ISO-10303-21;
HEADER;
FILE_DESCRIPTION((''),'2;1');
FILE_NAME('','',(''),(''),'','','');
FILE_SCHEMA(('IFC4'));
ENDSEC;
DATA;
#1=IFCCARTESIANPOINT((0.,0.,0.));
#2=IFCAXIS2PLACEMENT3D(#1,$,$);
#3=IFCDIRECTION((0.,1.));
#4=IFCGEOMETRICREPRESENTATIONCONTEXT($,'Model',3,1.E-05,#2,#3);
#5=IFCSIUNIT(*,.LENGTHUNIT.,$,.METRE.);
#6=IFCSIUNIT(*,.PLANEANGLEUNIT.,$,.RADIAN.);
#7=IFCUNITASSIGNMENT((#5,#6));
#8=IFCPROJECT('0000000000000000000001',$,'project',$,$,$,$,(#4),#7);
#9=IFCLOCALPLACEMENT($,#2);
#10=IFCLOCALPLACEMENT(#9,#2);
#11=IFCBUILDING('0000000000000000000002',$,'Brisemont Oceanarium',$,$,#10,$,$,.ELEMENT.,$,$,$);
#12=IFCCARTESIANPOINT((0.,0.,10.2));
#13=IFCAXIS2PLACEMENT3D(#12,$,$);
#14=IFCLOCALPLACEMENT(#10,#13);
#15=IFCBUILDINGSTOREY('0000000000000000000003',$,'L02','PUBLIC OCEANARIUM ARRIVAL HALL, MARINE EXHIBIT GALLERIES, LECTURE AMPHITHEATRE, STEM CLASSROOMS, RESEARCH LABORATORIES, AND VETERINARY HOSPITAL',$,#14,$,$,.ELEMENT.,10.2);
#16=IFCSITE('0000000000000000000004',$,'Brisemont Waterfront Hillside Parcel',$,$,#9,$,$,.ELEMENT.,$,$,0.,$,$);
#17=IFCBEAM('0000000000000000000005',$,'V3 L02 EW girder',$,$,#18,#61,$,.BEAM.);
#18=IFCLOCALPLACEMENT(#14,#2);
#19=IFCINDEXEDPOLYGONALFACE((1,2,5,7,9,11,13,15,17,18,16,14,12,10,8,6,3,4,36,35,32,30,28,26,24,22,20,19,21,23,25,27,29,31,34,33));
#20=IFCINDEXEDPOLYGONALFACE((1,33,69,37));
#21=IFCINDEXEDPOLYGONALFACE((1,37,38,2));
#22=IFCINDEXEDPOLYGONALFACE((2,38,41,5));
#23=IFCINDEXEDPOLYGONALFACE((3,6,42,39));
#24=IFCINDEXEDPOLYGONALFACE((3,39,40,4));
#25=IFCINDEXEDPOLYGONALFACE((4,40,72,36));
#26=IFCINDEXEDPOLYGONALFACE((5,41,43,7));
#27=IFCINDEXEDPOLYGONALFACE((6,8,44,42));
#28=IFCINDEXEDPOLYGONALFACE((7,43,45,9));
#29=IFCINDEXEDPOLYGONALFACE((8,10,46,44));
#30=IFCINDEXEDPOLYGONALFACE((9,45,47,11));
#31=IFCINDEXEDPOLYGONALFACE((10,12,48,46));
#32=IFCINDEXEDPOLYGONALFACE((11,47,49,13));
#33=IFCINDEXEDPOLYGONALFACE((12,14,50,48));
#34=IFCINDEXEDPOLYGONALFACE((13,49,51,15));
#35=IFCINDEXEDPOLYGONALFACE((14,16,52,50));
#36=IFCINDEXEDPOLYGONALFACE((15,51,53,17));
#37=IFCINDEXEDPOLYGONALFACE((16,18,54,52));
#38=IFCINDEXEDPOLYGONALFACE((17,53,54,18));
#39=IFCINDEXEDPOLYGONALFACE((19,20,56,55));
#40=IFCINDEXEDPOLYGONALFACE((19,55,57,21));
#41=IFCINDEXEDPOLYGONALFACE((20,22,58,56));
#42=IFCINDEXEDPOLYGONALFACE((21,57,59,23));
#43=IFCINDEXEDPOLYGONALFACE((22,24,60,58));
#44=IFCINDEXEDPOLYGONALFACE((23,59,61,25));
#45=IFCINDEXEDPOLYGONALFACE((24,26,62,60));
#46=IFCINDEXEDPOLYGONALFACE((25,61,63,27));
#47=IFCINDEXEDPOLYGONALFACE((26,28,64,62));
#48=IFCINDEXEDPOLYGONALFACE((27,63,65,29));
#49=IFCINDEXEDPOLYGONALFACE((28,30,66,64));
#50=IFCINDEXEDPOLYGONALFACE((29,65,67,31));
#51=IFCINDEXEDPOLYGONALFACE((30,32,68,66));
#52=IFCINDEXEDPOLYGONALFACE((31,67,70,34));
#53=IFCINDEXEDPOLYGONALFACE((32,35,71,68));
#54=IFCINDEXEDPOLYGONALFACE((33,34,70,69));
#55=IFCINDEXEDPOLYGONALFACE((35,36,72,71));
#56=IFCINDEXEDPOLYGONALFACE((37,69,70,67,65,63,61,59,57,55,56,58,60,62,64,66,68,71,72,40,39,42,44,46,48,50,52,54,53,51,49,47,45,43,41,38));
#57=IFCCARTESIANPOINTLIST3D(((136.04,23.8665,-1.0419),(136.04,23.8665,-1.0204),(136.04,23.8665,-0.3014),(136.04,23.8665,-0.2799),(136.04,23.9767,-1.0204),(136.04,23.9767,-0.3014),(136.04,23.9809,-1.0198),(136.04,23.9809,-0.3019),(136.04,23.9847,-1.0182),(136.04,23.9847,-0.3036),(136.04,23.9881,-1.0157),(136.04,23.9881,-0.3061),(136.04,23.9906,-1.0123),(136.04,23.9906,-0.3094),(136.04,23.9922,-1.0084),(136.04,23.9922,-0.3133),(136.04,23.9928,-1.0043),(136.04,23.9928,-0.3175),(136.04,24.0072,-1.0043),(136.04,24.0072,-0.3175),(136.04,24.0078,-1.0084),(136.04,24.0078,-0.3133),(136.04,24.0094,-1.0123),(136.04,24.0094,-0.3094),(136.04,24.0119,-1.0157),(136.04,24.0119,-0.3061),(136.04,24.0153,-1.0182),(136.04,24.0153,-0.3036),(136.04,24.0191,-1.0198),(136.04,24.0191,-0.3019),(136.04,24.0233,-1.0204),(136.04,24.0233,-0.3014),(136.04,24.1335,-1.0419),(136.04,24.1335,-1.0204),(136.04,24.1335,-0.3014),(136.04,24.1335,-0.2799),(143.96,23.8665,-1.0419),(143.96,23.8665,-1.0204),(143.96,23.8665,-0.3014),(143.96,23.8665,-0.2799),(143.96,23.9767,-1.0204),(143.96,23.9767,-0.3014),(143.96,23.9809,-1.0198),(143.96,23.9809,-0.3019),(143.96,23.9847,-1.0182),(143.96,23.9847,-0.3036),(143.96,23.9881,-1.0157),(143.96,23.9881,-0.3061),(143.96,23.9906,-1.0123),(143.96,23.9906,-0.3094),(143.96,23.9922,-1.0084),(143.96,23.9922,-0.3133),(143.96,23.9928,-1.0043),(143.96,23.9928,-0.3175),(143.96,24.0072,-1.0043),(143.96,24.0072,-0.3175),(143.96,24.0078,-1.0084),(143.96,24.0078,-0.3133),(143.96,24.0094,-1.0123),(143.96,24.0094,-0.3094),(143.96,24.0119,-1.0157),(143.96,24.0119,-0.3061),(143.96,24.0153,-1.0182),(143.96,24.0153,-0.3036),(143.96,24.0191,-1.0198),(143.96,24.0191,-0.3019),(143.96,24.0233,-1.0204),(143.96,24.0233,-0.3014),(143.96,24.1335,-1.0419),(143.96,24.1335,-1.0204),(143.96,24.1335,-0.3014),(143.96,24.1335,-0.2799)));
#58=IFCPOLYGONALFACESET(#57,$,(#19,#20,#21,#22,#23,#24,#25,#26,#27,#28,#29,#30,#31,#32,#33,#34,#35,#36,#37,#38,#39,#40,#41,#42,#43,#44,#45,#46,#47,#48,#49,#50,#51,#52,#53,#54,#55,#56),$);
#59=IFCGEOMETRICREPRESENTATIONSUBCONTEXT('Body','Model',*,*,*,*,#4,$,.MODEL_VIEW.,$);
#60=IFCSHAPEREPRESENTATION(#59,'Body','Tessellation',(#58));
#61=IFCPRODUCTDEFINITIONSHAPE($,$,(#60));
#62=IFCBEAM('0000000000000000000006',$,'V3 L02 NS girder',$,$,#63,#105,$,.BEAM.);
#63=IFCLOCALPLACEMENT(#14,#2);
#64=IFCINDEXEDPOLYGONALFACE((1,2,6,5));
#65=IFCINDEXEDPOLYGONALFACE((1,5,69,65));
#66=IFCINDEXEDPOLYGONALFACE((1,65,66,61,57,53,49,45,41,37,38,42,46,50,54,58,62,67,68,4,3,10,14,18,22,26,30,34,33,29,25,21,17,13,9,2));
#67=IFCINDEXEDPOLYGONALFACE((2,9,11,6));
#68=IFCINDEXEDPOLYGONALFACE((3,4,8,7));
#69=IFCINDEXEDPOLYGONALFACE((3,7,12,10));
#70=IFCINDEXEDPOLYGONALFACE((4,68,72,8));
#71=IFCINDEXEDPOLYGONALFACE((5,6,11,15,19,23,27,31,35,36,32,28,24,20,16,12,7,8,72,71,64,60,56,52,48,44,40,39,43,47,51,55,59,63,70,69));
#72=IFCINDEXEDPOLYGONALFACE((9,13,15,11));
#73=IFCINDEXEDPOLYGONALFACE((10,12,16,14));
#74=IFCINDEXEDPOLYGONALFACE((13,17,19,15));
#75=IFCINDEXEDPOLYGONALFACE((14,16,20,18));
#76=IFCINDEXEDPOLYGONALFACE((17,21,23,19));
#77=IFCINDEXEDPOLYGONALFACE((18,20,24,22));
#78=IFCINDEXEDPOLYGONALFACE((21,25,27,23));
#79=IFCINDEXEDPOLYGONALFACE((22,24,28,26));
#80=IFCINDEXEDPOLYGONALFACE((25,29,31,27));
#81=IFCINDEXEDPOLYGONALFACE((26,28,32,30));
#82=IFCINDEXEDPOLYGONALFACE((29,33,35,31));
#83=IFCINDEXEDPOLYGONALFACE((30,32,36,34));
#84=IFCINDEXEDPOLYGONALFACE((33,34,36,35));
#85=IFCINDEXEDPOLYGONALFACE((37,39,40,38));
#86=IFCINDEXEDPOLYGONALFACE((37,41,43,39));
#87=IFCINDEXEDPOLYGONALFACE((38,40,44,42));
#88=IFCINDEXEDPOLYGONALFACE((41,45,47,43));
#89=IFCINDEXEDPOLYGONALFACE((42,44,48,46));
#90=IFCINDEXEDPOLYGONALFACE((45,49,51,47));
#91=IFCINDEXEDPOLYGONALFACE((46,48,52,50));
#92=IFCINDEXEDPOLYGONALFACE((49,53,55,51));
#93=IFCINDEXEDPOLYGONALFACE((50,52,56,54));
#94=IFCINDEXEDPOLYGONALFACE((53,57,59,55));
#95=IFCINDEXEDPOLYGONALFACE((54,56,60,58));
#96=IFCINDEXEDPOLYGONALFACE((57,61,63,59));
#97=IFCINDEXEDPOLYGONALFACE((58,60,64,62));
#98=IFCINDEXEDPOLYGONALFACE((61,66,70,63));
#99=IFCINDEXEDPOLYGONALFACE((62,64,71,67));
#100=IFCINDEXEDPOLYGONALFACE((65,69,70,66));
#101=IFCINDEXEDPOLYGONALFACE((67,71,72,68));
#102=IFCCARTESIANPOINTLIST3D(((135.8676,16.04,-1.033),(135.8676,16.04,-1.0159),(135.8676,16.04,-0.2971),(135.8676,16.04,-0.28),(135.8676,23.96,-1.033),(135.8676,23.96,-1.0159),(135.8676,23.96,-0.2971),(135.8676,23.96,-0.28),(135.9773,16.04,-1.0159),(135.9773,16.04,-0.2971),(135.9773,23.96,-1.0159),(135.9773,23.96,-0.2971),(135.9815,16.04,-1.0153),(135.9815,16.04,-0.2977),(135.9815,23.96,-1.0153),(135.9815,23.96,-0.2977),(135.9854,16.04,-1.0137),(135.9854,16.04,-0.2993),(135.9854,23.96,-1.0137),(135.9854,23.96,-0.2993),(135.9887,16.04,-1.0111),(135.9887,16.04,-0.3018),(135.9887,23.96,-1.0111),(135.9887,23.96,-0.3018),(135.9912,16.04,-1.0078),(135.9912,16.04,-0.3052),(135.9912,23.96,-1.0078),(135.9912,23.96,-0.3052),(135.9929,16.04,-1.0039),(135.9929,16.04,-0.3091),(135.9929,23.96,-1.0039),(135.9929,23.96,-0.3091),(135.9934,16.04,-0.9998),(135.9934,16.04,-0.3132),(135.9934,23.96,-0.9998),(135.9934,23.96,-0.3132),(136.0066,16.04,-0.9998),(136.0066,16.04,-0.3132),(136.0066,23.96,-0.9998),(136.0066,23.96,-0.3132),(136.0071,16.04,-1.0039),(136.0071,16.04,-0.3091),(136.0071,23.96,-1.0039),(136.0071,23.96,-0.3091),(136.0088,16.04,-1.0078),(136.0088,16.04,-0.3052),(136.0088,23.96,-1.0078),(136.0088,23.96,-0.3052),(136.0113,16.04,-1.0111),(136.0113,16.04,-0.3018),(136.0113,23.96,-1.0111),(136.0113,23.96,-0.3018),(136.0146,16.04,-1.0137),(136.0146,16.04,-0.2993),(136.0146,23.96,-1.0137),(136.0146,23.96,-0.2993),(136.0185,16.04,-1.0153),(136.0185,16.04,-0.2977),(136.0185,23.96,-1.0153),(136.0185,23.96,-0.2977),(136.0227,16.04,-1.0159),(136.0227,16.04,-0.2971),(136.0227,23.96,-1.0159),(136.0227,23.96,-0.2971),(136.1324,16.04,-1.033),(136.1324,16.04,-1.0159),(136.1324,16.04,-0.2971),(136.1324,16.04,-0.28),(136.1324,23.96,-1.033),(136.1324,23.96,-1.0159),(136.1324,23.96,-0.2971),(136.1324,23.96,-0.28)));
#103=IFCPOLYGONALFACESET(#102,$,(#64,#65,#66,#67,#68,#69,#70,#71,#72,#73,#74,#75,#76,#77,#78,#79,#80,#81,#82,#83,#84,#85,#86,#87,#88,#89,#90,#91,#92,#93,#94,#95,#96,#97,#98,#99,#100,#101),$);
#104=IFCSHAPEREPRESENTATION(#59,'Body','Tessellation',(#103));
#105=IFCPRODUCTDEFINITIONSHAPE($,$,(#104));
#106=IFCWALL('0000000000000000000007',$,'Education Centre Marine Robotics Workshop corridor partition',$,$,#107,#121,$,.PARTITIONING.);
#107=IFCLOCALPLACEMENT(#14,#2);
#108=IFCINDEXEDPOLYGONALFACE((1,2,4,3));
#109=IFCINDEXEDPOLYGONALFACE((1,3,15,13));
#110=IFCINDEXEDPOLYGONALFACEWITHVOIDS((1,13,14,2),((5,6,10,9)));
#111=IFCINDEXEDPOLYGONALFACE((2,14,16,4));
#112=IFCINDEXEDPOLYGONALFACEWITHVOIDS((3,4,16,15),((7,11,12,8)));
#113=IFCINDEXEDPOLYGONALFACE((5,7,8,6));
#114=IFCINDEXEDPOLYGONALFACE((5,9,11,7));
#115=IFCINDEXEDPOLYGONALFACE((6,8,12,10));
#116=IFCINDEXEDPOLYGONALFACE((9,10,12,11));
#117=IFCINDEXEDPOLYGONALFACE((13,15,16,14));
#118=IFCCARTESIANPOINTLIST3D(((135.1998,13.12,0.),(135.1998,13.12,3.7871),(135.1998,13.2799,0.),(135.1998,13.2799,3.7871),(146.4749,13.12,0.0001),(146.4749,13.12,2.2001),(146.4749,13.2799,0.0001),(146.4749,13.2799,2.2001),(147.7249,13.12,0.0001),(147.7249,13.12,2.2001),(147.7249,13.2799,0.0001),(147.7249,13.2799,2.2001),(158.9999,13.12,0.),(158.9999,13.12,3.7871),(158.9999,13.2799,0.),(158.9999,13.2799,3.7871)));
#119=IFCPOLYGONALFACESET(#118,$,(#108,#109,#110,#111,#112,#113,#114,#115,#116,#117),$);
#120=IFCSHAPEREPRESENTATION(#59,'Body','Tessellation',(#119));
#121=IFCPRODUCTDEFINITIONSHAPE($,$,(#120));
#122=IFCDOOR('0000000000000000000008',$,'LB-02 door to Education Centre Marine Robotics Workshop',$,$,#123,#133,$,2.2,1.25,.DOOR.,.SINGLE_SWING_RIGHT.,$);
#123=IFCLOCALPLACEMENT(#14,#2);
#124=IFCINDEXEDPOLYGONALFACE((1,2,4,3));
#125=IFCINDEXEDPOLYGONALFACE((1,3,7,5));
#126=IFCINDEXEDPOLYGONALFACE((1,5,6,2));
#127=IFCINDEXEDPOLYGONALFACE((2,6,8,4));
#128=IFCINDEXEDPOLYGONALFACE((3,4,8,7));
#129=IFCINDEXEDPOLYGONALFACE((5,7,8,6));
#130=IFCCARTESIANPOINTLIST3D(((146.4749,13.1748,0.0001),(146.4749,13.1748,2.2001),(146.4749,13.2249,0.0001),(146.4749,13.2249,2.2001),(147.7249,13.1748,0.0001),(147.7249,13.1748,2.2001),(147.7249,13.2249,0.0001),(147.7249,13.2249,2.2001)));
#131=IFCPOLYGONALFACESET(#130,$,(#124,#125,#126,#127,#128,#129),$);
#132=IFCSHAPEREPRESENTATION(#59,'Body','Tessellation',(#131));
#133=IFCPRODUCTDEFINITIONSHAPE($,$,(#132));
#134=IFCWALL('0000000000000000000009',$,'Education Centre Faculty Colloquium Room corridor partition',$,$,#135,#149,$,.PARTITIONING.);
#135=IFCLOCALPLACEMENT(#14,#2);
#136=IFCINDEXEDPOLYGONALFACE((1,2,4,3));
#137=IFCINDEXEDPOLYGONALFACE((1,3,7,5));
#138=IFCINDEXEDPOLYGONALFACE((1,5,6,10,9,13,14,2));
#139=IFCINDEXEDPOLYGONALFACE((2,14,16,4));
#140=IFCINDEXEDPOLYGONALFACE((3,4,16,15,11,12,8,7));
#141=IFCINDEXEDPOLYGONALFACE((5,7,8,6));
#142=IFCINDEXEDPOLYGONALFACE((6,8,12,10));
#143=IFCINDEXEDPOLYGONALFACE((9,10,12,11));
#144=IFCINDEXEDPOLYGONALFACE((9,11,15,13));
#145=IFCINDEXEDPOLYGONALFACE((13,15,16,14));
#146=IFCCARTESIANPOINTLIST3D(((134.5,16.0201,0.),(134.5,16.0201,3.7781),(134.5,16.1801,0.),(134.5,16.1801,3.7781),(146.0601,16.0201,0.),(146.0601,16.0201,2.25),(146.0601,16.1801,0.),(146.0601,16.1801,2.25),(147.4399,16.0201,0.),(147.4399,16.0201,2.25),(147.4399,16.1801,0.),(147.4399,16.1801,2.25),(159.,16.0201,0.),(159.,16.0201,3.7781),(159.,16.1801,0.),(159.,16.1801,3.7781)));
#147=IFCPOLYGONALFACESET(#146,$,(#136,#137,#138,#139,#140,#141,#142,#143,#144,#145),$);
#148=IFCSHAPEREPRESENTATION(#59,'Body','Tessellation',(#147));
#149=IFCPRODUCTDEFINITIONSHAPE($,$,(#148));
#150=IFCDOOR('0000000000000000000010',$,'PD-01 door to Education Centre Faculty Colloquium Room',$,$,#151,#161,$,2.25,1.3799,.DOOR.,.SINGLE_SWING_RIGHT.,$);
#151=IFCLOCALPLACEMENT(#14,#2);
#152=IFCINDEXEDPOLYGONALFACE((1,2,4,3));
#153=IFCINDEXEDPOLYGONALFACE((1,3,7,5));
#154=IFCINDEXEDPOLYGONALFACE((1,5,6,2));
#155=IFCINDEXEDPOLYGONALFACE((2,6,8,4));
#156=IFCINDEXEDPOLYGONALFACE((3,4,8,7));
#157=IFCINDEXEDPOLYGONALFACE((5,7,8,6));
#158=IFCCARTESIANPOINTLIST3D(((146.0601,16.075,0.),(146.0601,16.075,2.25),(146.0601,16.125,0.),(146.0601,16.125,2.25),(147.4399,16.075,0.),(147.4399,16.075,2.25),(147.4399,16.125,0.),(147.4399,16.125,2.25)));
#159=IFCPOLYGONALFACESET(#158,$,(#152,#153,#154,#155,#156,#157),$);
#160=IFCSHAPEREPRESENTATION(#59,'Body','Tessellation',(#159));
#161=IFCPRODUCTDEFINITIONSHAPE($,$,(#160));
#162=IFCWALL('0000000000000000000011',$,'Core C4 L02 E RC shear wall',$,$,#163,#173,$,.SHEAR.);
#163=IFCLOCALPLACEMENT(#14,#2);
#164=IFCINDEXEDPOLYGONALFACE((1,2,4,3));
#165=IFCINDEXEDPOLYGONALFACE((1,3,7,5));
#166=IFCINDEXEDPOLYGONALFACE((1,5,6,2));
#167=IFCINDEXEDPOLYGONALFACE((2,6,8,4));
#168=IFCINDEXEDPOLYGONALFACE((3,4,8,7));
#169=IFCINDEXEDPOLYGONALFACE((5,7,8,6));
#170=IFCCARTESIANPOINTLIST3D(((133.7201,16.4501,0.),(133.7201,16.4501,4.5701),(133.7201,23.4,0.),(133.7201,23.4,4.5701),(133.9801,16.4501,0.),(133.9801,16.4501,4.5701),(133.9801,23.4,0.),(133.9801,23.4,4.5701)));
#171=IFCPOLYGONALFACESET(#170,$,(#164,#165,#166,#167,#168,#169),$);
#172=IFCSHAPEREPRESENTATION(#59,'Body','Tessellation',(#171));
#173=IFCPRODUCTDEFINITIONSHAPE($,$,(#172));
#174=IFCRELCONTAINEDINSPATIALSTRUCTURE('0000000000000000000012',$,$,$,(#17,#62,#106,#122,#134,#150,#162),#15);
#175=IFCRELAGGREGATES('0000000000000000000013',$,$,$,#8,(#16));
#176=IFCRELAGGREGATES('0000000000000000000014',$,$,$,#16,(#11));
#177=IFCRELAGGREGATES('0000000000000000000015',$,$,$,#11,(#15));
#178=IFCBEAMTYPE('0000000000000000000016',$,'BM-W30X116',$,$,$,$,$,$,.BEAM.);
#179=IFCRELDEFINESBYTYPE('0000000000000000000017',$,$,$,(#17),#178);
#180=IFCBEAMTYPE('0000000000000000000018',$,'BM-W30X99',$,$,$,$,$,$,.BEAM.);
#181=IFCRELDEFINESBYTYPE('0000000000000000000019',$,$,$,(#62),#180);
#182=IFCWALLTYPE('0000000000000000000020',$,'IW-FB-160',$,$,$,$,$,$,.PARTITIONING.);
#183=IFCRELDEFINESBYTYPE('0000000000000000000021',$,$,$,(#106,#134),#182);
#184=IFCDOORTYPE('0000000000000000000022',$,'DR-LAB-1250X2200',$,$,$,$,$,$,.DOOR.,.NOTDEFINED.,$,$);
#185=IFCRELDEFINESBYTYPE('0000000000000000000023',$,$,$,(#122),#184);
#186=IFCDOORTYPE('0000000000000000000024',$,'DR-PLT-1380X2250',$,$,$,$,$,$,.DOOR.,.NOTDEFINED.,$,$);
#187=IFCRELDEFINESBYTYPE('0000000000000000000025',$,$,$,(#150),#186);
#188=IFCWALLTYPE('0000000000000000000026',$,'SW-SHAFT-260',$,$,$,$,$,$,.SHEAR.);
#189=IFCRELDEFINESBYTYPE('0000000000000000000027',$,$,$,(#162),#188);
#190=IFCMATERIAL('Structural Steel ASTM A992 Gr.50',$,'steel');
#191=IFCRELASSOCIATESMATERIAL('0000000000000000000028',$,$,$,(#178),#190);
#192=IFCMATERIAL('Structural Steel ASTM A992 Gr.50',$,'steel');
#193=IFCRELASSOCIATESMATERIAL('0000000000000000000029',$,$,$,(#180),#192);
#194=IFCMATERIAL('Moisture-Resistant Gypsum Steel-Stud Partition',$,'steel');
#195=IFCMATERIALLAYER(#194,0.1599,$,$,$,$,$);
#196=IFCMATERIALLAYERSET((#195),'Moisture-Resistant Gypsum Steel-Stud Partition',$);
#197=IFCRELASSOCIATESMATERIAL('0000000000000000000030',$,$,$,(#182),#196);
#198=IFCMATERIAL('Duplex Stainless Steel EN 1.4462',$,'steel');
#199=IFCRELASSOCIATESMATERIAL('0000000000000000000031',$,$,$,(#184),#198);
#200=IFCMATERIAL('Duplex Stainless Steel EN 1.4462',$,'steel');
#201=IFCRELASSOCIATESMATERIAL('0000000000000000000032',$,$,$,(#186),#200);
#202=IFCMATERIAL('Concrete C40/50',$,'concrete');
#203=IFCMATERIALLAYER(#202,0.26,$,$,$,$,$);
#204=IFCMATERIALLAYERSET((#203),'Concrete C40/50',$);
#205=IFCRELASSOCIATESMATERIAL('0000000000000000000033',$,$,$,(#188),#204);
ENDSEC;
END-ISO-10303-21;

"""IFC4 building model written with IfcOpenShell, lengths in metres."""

from ifc_helpers import new_model, si_unit, direction, frame, frame_2d, origin, origin_2d, place, context, subcontext, project, spatial, rectangle, i_section, extrude, material, layer, layer_set, material_profile, profile_set, type_object, element, fill, save


model = new_model("IFC4")

# Units and contexts
model_context = context("Model", 3, precision=1e-05, world=origin(), true_north=direction((0.0, 1.0)))
body_context = subcontext(model_context, "Body", "Model", "MODEL_VIEW")
ifc_project = project(units=[si_unit("LENGTHUNIT", "METRE"), si_unit("PLANEANGLEUNIT", "RADIAN")], contexts=[model_context])

# Site, building, storey
site_placement = place(None, origin())
site = spatial("IfcSite", under=ifc_project, at=site_placement, Name="Brisemont Waterfront Hillside Parcel", CompositionType="ELEMENT", RefElevation=0.0)
building_placement = place(site_placement, origin())
building = spatial("IfcBuilding", under=site, at=building_placement, Name="Brisemont Oceanarium", CompositionType="ELEMENT")
storey_placement = place(building_placement, frame((0.0, 0.0, 10.2)))
storey = spatial("IfcBuildingStorey", under=building, at=storey_placement, Name="L02", Description="PUBLIC OCEANARIUM ARRIVAL HALL, MARINE EXHIBIT GALLERIES, LECTURE AMPHITHEATRE, STEM CLASSROOMS, RESEARCH LABORATORIES, AND VETERINARY HOSPITAL", CompositionType="ELEMENT", Elevation=10.2)

# Beams
ifc_material_1 = material(Name="Structural Steel ASTM A992 Gr.50", Category="steel")
ifc_material_profile_1 = material_profile(ifc_material_1, i_section(OverallWidth=0.2671, OverallDepth=0.762, WebThickness=0.0144, FlangeThickness=0.0215, FilletRadius=0.0161, at=origin_2d()), Name="W30X116")
ifc_profile_set_1 = profile_set([ifc_material_profile_1], Name="Structural Steel ASTM A992 Gr.50")
beam_type_1 = type_object("IfcBeamType", Name="BM-W30X116", PredefinedType="BEAM", material=ifc_profile_set_1)
beam_1_placement = place(storey_placement, frame((136.04, 24.0, -0.6609), z_axis=(1.0, 0.0, 0.0), x_axis=(0.0, 1.0, 0.0)))
element("IfcBeam", 1, at=beam_1_placement, inside=storey, type_object=beam_type_1, Name="V3 L02 EW girder", PredefinedType="BEAM", context=body_context, shape_type="SweptSolid", body=[
    extrude(i_section(OverallWidth=0.2671, OverallDepth=0.762, WebThickness=0.0144, FlangeThickness=0.0215, FilletRadius=0.0161, at=origin_2d()), origin(), (0.0, 0.0, 1.0), 7.9199),
])
ifc_material_2 = material(Name="Structural Steel ASTM A992 Gr.50", Category="steel")
ifc_material_profile_2 = material_profile(ifc_material_2, i_section(OverallWidth=0.2649, OverallDepth=0.7529, WebThickness=0.0132, FlangeThickness=0.0171, FilletRadius=0.0161, at=origin_2d()), Name="W30X99")
ifc_profile_set_2 = profile_set([ifc_material_profile_2], Name="Structural Steel ASTM A992 Gr.50")
beam_type_2 = type_object("IfcBeamType", Name="BM-W30X99", PredefinedType="BEAM", material=ifc_profile_set_2)
beam_2_placement = place(storey_placement, frame((136.0, 16.04, -0.6565), z_axis=(0.0, 1.0, 0.0), x_axis=(-1.0, 0.0, 0.0)))
element("IfcBeam", 2, at=beam_2_placement, inside=storey, type_object=beam_type_2, Name="V3 L02 NS girder", PredefinedType="BEAM", context=body_context, shape_type="SweptSolid", body=[
    extrude(i_section(OverallWidth=0.2649, OverallDepth=0.7529, WebThickness=0.0132, FlangeThickness=0.0171, FilletRadius=0.0161, at=origin_2d()), origin(), (0.0, 0.0, 1.0), 7.9199),
])

# Walls, openings, doors
ifc_material_3 = material(Name="Moisture-Resistant Gypsum Steel-Stud Partition", Category="steel")
ifc_layer_1 = layer(ifc_material_3, 0.1599)
ifc_layer_set_1 = layer_set([ifc_layer_1], Name="Moisture-Resistant Gypsum Steel-Stud Partition")
wall_type_1 = type_object("IfcWallType", Name="IW-FB-160", PredefinedType="PARTITIONING", material=ifc_layer_set_1)
wall_1_placement = place(storey_placement, frame((135.2, 13.2, 0.0), z_axis=(0.0, 0.0, 1.0), x_axis=(1.0, 0.0, 0.0)))
wall_1 = element("IfcWall", 3, at=wall_1_placement, inside=storey, type_object=wall_type_1, Name="Education Centre Marine Robotics Workshop corridor partition", PredefinedType="PARTITIONING", context=body_context, shape_type="SweptSolid", body=[
    extrude(rectangle(XDim=23.8, YDim=0.1599, at=frame_2d((11.8999, 0.0))), origin(), (0.0, 0.0, 1.0), 3.7871),
])
opening_1_placement = place(wall_1_placement, frame((11.2749, 0.0, 0.0)))
opening_1 = element("IfcOpeningElement", 4, at=opening_1_placement, cuts=wall_1, PredefinedType="OPENING", context=body_context, shape_type="SweptSolid", body=[
    extrude(rectangle(XDim=1.25, YDim=2.2, at=frame_2d((0.625, 1.1001))), frame((0.0, 0.0898, 0.0), z_axis=(0.0, -1.0, 0.0), x_axis=(1.0, 0.0, 0.0)), (0.0, 0.0, 1.0), 0.1799),
])
ifc_material_4 = material(Name="Duplex Stainless Steel EN 1.4462", Category="steel")
door_type_1 = type_object("IfcDoorType", Name="DR-LAB-1250X2200", OperationType="NOTDEFINED", PredefinedType="DOOR", material=ifc_material_4)
door_1_placement = place(opening_1_placement, origin())
door_1 = element("IfcDoor", 5, at=door_1_placement, inside=storey, type_object=door_type_1, Name="LB-02 door to Education Centre Marine Robotics Workshop", OperationType="SINGLE_SWING_RIGHT", OverallHeight=2.2, OverallWidth=1.25, PredefinedType="DOOR", context=body_context, shape_type="SweptSolid", body=[
    extrude(rectangle(XDim=1.25, YDim=2.2, at=frame_2d((0.625, 1.1001))), frame((0.0, 0.0249, 0.0), z_axis=(0.0, -1.0, 0.0), x_axis=(1.0, 0.0, 0.0)), (0.0, 0.0, 1.0), 0.05),
])
fill(opening_1, door_1)
wall_2_placement = place(storey_placement, frame((134.5, 16.1001, 0.0), z_axis=(0.0, 0.0, 1.0), x_axis=(1.0, 0.0, 0.0)))
wall_2 = element("IfcWall", 6, at=wall_2_placement, inside=storey, type_object=wall_type_1, Name="Education Centre Faculty Colloquium Room corridor partition", PredefinedType="PARTITIONING", context=body_context, shape_type="SweptSolid", body=[
    extrude(rectangle(XDim=24.5, YDim=0.1599, at=frame_2d((12.25, 0.0))), origin(), (0.0, 0.0, 1.0), 3.7781),
])
opening_2_placement = place(wall_2_placement, frame((11.5601, 0.0, 0.0)))
opening_2 = element("IfcOpeningElement", 7, at=opening_2_placement, cuts=wall_2, PredefinedType="OPENING", context=body_context, shape_type="SweptSolid", body=[
    extrude(rectangle(XDim=1.3799, YDim=2.25, at=frame_2d((0.6899, 1.125))), frame((0.0, 0.0898, 0.0), z_axis=(0.0, -1.0, 0.0), x_axis=(1.0, 0.0, 0.0)), (0.0, 0.0, 1.0), 0.1799),
])
ifc_material_5 = material(Name="Duplex Stainless Steel EN 1.4462", Category="steel")
door_type_2 = type_object("IfcDoorType", Name="DR-PLT-1380X2250", OperationType="NOTDEFINED", PredefinedType="DOOR", material=ifc_material_5)
door_2_placement = place(opening_2_placement, origin())
door_2 = element("IfcDoor", 8, at=door_2_placement, inside=storey, type_object=door_type_2, Name="PD-01 door to Education Centre Faculty Colloquium Room", OperationType="SINGLE_SWING_RIGHT", OverallHeight=2.25, OverallWidth=1.3799, PredefinedType="DOOR", context=body_context, shape_type="SweptSolid", body=[
    extrude(rectangle(XDim=1.3799, YDim=2.25, at=frame_2d((0.6899, 1.125))), frame((0.0, 0.0249, 0.0), z_axis=(0.0, -1.0, 0.0), x_axis=(1.0, 0.0, 0.0)), (0.0, 0.0, 1.0), 0.05),
])
fill(opening_2, door_2)

# Wall
ifc_material_6 = material(Name="Concrete C40/50", Category="concrete")
ifc_layer_2 = layer(ifc_material_6, 0.26)
ifc_layer_set_2 = layer_set([ifc_layer_2], Name="Concrete C40/50")
wall_type_2 = type_object("IfcWallType", Name="SW-SHAFT-260", PredefinedType="SHEAR", material=ifc_layer_set_2)
for number, where, z_axis, x_axis, name in (
    (9, (133.8501, 16.45, 0.0), (0.0, 0.0, 1.0), (0.0, 1.0, 0.0), "Core C4 L02 E RC shear wall"),
):
    element("IfcWall", number, at=place(storey_placement, frame(where, z_axis=z_axis, x_axis=x_axis)), inside=storey, type_object=wall_type_2, Name=name, PredefinedType="SHEAR", context=body_context, shape_type="SweptSolid", body=[
        extrude(rectangle(XDim=6.95, YDim=0.26, at=frame_2d((3.4751, 0.0))), origin(), (0.0, 0.0, 1.0), 4.5701),
    ])

save(model, "model.ifc")
